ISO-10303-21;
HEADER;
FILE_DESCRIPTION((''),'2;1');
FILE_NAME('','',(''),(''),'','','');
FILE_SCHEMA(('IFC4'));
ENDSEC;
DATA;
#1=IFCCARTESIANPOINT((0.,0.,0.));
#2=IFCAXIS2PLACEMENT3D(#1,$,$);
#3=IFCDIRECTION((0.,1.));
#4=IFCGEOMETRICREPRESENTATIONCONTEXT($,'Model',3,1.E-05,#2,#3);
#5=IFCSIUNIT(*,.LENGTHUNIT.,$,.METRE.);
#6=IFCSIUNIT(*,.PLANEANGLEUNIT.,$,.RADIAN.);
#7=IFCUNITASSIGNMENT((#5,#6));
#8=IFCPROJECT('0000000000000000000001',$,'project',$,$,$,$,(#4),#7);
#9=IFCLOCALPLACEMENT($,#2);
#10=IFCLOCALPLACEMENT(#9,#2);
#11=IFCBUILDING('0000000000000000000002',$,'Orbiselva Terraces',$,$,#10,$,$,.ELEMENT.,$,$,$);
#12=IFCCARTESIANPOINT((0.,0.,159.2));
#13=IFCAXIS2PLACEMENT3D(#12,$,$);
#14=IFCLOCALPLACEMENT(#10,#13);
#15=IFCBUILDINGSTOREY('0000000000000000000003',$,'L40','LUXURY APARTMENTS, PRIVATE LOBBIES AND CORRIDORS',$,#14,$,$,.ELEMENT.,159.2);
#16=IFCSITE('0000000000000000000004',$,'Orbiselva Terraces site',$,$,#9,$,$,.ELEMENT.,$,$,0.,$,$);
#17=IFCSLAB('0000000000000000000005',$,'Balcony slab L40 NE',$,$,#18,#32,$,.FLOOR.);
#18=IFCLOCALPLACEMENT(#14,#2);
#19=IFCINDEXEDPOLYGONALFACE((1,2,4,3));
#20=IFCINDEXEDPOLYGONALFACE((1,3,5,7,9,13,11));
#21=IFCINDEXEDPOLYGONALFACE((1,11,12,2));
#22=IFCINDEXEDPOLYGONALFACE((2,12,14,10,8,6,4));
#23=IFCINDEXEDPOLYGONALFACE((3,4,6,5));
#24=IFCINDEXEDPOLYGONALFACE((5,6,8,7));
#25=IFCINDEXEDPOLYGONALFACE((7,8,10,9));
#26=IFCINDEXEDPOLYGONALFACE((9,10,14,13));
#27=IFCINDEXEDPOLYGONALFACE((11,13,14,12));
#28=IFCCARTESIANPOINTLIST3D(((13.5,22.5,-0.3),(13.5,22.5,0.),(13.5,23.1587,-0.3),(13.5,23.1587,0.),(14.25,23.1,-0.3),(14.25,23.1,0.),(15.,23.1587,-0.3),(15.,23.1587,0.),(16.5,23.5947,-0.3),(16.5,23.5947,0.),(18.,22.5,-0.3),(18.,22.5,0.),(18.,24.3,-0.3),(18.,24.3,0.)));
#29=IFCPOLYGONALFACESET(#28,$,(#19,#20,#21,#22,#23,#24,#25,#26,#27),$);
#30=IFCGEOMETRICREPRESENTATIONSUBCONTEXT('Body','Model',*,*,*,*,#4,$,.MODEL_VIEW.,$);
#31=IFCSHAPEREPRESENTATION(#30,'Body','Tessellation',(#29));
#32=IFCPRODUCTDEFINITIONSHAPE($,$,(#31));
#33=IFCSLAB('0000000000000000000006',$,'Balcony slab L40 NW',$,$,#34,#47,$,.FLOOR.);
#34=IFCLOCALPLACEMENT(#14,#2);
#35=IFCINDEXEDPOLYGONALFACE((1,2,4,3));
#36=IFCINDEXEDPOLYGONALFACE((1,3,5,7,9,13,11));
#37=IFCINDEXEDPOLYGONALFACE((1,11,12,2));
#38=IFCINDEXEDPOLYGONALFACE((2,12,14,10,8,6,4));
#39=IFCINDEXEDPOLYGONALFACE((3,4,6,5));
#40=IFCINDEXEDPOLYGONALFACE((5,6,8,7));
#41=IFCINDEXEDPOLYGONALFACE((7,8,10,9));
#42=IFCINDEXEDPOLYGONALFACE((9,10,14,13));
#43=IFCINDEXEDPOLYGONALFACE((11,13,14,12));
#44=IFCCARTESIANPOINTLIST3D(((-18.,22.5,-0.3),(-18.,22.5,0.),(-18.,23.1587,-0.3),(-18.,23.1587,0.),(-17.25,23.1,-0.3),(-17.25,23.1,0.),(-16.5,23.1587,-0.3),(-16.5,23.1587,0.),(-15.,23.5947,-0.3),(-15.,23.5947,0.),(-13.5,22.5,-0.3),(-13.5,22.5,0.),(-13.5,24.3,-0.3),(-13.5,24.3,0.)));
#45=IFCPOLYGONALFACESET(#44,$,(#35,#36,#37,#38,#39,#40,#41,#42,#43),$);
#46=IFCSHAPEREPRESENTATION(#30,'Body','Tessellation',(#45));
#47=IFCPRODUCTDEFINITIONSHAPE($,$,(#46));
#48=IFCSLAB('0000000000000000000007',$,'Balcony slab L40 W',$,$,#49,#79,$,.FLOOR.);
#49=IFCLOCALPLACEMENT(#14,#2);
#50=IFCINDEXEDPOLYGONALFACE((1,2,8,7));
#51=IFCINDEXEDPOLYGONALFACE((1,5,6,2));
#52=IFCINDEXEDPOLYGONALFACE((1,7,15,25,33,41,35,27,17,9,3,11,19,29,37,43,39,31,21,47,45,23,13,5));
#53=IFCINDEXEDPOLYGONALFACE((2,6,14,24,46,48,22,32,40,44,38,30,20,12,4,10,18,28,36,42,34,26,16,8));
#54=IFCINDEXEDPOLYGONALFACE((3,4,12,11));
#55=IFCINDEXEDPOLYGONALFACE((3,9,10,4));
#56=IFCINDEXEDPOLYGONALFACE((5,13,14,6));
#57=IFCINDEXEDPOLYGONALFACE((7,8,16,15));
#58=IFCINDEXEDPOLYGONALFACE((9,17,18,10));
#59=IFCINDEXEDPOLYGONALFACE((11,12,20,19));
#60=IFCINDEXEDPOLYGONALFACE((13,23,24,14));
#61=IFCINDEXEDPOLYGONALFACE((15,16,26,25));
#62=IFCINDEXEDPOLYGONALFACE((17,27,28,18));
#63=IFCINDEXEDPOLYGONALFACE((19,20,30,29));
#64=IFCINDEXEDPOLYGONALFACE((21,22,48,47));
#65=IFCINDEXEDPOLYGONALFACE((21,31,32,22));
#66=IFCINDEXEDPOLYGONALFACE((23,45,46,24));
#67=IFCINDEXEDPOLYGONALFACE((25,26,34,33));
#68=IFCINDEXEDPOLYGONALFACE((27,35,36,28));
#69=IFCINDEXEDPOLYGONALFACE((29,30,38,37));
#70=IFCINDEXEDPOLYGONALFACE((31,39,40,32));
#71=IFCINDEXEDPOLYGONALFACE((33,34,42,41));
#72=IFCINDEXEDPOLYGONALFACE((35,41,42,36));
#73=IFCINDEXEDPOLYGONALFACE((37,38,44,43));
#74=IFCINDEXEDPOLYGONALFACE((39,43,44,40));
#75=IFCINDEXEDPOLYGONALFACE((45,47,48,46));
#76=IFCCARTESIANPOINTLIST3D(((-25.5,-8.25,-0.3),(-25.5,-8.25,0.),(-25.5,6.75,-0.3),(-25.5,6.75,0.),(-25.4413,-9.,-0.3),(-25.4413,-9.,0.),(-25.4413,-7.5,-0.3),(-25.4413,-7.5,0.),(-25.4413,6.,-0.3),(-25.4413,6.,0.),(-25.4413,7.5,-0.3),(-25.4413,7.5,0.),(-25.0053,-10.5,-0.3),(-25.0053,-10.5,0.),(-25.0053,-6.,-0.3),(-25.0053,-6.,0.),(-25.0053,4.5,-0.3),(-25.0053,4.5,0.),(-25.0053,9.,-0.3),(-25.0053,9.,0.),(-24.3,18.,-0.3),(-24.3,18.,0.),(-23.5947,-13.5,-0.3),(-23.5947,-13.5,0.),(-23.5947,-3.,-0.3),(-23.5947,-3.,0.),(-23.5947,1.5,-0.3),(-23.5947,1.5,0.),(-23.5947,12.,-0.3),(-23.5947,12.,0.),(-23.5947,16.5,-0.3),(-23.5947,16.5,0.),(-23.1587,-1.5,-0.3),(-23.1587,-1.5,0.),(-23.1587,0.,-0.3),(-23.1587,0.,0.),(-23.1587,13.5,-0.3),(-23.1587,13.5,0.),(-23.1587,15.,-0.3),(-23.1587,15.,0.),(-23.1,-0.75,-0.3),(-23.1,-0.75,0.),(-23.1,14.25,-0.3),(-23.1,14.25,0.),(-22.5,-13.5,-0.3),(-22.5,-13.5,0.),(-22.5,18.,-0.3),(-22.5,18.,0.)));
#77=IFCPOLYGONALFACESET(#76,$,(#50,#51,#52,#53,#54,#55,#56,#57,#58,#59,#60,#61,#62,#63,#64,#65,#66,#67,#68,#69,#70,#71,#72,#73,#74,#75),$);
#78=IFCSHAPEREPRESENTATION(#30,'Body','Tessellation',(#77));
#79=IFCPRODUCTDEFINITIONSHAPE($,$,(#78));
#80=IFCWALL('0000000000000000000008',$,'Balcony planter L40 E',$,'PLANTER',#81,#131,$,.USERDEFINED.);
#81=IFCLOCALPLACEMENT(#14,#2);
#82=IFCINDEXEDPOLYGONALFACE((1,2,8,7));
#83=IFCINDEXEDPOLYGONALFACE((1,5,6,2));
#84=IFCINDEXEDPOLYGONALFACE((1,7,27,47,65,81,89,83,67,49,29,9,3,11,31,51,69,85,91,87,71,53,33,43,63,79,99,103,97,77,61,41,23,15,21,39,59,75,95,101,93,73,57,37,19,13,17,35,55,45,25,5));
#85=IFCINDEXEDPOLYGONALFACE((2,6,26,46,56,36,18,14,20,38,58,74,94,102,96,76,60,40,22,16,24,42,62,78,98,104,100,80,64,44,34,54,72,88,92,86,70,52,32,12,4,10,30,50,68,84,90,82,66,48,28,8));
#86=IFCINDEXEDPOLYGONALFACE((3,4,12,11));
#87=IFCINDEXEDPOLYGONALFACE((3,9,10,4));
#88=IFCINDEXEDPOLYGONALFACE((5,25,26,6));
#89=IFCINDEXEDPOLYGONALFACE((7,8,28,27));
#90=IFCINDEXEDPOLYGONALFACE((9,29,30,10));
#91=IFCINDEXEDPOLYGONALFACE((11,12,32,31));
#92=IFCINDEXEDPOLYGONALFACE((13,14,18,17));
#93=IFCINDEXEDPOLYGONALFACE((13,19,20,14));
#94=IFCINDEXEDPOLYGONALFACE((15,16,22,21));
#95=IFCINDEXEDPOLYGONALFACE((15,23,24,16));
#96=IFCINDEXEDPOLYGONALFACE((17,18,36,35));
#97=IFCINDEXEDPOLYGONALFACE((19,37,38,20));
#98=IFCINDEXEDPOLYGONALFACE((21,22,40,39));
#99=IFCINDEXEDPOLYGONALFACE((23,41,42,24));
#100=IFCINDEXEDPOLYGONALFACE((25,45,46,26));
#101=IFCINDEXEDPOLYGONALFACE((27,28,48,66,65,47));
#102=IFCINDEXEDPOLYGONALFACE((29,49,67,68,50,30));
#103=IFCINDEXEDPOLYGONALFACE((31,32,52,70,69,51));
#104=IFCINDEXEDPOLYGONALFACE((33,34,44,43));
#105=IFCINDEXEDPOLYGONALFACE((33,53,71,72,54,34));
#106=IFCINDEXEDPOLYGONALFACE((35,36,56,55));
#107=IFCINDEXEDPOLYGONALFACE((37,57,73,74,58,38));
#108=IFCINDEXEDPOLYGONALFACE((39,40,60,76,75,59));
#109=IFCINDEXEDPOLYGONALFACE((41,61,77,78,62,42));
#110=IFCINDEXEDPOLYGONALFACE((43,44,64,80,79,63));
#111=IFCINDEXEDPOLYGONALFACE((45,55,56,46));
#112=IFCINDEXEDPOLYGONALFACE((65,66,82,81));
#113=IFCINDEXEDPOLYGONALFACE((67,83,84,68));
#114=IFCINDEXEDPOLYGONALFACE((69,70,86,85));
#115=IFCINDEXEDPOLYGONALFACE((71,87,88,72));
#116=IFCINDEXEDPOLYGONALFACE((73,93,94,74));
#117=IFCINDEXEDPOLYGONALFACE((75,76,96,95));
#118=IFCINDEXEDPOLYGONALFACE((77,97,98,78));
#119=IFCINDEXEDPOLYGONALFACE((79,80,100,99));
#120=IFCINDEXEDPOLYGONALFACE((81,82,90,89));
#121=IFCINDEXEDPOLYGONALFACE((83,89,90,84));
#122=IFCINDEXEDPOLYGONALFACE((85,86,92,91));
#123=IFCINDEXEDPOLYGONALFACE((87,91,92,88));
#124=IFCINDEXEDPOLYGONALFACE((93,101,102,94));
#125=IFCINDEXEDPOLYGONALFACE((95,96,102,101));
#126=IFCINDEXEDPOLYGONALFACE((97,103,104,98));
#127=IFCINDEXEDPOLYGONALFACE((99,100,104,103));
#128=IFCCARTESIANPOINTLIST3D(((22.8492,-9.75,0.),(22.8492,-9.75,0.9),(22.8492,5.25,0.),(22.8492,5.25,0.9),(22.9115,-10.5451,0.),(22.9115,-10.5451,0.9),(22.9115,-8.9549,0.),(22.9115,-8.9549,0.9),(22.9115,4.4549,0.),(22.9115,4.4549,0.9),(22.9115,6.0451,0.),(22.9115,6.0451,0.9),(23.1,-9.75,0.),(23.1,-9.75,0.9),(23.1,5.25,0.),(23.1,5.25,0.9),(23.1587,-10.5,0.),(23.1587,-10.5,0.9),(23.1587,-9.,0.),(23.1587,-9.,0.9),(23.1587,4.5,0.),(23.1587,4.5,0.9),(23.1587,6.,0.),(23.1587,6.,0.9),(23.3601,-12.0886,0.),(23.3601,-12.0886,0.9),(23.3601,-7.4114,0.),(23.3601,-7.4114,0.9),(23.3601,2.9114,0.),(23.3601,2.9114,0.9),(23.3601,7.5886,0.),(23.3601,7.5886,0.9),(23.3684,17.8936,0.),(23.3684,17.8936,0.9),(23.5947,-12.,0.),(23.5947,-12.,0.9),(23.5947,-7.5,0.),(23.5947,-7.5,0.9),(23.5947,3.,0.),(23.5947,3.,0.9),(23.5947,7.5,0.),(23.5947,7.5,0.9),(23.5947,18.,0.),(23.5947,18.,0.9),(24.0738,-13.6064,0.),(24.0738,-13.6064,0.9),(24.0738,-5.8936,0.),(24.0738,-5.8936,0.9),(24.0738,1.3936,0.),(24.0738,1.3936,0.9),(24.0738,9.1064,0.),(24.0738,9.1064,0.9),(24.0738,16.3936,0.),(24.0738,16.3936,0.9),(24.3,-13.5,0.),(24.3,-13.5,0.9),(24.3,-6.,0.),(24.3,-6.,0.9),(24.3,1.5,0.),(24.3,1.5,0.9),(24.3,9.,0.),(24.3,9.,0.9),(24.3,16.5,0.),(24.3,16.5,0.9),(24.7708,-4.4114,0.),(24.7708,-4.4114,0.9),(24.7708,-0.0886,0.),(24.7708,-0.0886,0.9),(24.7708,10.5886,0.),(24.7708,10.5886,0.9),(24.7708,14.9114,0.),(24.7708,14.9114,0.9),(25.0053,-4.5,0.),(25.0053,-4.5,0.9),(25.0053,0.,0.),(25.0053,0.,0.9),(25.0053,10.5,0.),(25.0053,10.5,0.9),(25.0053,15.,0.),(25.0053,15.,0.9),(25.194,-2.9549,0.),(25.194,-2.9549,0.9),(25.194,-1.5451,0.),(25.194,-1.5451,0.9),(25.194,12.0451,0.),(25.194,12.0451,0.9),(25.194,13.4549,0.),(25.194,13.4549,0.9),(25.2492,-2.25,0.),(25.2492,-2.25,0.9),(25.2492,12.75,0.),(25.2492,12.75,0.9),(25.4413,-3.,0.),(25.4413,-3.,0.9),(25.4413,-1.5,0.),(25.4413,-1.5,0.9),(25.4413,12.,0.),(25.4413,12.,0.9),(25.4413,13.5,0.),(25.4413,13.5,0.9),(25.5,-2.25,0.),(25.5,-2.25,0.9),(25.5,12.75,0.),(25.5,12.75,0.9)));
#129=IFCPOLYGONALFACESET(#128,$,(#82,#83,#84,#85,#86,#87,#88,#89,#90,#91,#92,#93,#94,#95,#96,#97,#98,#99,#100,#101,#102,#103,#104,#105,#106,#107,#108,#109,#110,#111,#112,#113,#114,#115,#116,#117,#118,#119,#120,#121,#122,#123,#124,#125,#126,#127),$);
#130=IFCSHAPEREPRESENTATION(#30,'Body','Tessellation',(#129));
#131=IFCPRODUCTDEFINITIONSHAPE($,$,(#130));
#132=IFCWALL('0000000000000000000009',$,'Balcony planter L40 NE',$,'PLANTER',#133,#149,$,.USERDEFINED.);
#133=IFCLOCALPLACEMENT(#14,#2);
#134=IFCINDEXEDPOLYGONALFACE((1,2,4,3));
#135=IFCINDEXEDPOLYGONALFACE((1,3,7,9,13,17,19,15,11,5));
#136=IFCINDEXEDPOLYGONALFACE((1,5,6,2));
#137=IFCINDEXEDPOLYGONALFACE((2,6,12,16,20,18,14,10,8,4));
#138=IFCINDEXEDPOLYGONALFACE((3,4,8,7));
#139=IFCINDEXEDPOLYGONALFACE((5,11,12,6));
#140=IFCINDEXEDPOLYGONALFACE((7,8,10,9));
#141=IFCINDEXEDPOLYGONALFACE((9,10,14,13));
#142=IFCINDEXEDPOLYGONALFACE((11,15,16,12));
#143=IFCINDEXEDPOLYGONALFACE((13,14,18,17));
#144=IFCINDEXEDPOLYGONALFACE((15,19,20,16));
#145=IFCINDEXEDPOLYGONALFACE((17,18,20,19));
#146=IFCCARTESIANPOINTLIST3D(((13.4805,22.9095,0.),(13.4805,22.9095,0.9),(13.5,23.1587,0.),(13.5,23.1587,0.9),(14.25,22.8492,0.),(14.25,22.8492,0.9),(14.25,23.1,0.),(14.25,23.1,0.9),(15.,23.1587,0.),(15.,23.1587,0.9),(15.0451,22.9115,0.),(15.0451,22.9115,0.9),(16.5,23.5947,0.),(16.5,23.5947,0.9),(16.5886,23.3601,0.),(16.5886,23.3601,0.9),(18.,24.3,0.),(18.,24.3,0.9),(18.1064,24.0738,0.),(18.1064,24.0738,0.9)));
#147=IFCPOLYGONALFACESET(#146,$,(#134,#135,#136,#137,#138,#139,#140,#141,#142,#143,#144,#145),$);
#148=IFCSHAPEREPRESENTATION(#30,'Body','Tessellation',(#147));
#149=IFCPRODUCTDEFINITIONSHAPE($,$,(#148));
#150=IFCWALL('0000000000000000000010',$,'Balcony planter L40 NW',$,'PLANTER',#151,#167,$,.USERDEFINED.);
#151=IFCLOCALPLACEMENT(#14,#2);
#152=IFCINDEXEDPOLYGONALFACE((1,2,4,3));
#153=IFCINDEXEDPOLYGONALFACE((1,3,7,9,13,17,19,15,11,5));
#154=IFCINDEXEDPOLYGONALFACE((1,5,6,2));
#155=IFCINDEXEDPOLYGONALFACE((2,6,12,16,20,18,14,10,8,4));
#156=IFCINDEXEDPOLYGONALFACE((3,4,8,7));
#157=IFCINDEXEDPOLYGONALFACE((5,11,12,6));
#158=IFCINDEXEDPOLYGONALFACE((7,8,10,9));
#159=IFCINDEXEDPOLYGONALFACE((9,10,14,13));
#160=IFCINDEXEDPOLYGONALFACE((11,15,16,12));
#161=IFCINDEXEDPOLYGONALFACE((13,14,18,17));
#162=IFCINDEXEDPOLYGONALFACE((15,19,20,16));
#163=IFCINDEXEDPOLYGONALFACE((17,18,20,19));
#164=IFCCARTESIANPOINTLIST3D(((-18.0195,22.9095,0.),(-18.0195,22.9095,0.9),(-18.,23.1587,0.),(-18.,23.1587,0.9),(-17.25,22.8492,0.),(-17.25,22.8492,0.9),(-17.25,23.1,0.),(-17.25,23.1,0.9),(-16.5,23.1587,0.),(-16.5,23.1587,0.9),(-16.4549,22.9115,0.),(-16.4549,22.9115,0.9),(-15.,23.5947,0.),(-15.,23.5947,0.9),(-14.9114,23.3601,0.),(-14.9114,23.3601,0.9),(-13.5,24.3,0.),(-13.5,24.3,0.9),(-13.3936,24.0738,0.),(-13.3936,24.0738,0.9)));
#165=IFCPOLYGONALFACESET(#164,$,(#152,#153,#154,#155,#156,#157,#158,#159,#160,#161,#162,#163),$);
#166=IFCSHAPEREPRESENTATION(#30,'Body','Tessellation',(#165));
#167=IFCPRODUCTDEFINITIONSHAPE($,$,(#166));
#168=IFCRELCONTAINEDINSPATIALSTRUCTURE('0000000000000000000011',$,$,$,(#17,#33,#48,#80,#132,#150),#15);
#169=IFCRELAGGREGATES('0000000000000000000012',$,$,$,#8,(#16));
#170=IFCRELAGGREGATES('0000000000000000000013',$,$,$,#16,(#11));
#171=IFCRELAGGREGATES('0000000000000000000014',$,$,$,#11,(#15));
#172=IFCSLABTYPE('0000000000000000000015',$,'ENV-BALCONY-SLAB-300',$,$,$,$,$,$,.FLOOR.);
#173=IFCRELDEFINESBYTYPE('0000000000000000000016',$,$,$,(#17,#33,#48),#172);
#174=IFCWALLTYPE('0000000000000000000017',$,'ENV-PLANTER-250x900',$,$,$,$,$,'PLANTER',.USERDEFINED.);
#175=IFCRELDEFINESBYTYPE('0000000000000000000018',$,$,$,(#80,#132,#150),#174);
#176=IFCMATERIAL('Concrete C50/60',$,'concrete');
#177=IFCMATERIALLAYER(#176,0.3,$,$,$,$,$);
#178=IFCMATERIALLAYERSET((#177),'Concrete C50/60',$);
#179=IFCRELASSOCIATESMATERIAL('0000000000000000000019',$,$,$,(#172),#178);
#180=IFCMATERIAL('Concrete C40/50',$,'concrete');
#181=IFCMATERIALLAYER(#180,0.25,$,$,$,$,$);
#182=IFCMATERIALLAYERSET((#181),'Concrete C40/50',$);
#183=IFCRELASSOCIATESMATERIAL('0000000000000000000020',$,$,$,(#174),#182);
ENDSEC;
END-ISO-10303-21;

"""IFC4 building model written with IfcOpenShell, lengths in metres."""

from ifc_helpers import new_model, si_unit, direction, frame, origin, place, context, subcontext, project, spatial, polyline, outline, extrude, material, layer, layer_set, type_object, element, save


model = new_model("IFC4")

# Units and contexts
model_context = context("Model", 3, precision=1e-05, world=origin(), true_north=direction((0.0, 1.0)))
body_context = subcontext(model_context, "Body", "Model", "MODEL_VIEW")
ifc_project = project(units=[si_unit("LENGTHUNIT", "METRE"), si_unit("PLANEANGLEUNIT", "RADIAN")], contexts=[model_context])

# Site, building, storey
site_placement = place(None, origin())
site = spatial("IfcSite", under=ifc_project, at=site_placement, Name="Orbiselva Terraces site", CompositionType="ELEMENT", RefElevation=0.0)
building_placement = place(site_placement, origin())
building = spatial("IfcBuilding", under=site, at=building_placement, Name="Orbiselva Terraces", CompositionType="ELEMENT")
storey_placement = place(building_placement, frame((0.0, 0.0, 159.2)))
storey = spatial("IfcBuildingStorey", under=building, at=storey_placement, Name="L40", Description="LUXURY APARTMENTS, PRIVATE LOBBIES AND CORRIDORS", CompositionType="ELEMENT", Elevation=159.2)

# Shared definitions
ifc_material_1 = material(Name="Concrete C40/50", Category="concrete")

# Slabs
ifc_material_2 = material(Name="Concrete C50/60", Category="concrete")
ifc_layer_1 = layer(ifc_material_2, 0.3)
ifc_layer_set_1 = layer_set([ifc_layer_1], Name="Concrete C50/60")
slab_type_1 = type_object("IfcSlabType", Name="ENV-BALCONY-SLAB-300", PredefinedType="FLOOR", material=ifc_layer_set_1)
slab_1_placement = place(storey_placement, frame((0.0, 0.0, -0.3)))
element("IfcSlab", 1, at=slab_1_placement, inside=storey, type_object=slab_type_1, Name="Balcony slab L40 NE", PredefinedType="FLOOR", context=body_context, shape_type="SweptSolid", body=[
    extrude(outline(polyline([(18.0, 24.3), (16.5, 23.5947), (15.0, 23.1587), (14.25, 23.1), (13.5, 23.1587), (13.5, 22.5), (18.0, 22.5), (18.0, 24.3)])), origin(), (0.0, 0.0, 1.0), 0.3),
])
slab_2_placement = place(storey_placement, frame((0.0, 0.0, -0.3)))
element("IfcSlab", 2, at=slab_2_placement, inside=storey, type_object=slab_type_1, Name="Balcony slab L40 NW", PredefinedType="FLOOR", context=body_context, shape_type="SweptSolid", body=[
    extrude(outline(polyline([(-13.5, 24.3), (-15.0, 23.5947), (-16.5, 23.1587), (-17.25, 23.1), (-18.0, 23.1587), (-18.0, 22.5), (-13.5, 22.5), (-13.5, 24.3)])), origin(), (0.0, 0.0, 1.0), 0.3),
])
slab_3_placement = place(storey_placement, frame((0.0, 0.0, -0.3)))
element("IfcSlab", 3, at=slab_3_placement, inside=storey, type_object=slab_type_1, Name="Balcony slab L40 W", PredefinedType="FLOOR", context=body_context, shape_type="SweptSolid", body=[
    extrude(outline(polyline([(-24.3, 18.0), (-23.5947, 16.5), (-23.1587, 15.0), (-23.1, 14.25), (-23.1587, 13.5), (-23.5947, 12.0), (-25.0053, 9.0), (-25.4413, 7.5), (-25.5, 6.75), (-25.4413, 6.0), (-25.0053, 4.5), (-23.5947, 1.5), (-23.1587, 0.0), (-23.1, -0.75), (-23.1587, -1.5), (-23.5947, -3.0), (-25.0053, -6.0), (-25.4413, -7.5), (-25.5, -8.25), (-25.4413, -9.0), (-25.0053, -10.5), (-23.5947, -13.5), (-22.5, -13.5), (-22.5, 18.0), (-24.3, 18.0)])), origin(), (0.0, 0.0, 1.0), 0.3),
])

# Walls
ifc_layer_2 = layer(ifc_material_1, 0.25)
ifc_layer_set_2 = layer_set([ifc_layer_2], Name="Concrete C40/50")
wall_type = type_object("IfcWallType", Name="ENV-PLANTER-250x900", ElementType="PLANTER", PredefinedType="USERDEFINED", material=ifc_layer_set_2)
wall_1_placement = place(storey_placement, origin())
element("IfcWall", 4, at=wall_1_placement, inside=storey, type_object=wall_type, Name="Balcony planter L40 E", ObjectType="PLANTER", PredefinedType="USERDEFINED", context=body_context, shape_type="SweptSolid", body=[
    extrude(outline(polyline([(24.3, -13.5), (23.5947, -12.0), (23.1587, -10.5), (23.1, -9.75), (23.1587, -9.0), (23.5947, -7.5), (24.3, -6.0), (25.0053, -4.5), (25.4413, -3.0), (25.5, -2.25), (25.4413, -1.5), (25.0053, 0.0), (24.3, 1.5), (23.5947, 3.0), (23.1587, 4.5), (23.1, 5.25), (23.1587, 6.0), (23.5947, 7.5), (24.3, 9.0), (25.0053, 10.5), (25.4413, 12.0), (25.5, 12.75), (25.4413, 13.5), (25.0053, 15.0), (24.3, 16.5), (23.5947, 18.0), (23.3684, 17.8936), (24.0738, 16.3936), (24.7708, 14.9114), (25.194, 13.4549), (25.2492, 12.75), (25.194, 12.0451), (24.7708, 10.5886), (24.0738, 9.1064), (23.3601, 7.5886), (22.9115, 6.0451), (22.8492, 5.25), (22.9115, 4.4549), (23.3601, 2.9114), (24.0738, 1.3936), (24.7708, -0.0886), (25.194, -1.5451), (25.2492, -2.25), (25.194, -2.9549), (24.7708, -4.4114), (24.0738, -5.8936), (23.3601, -7.4114), (22.9115, -8.9549), (22.8492, -9.75), (22.9115, -10.5451), (23.3601, -12.0886), (24.0738, -13.6064), (24.3, -13.5)])), origin(), (0.0, 0.0, 1.0), 0.9),
])
wall_2_placement = place(storey_placement, origin())
element("IfcWall", 5, at=wall_2_placement, inside=storey, type_object=wall_type, Name="Balcony planter L40 NE", ObjectType="PLANTER", PredefinedType="USERDEFINED", context=body_context, shape_type="SweptSolid", body=[
    extrude(outline(polyline([(18.0, 24.3), (16.5, 23.5947), (15.0, 23.1587), (14.25, 23.1), (13.5, 23.1587), (13.4805, 22.9095), (14.25, 22.8492), (15.0451, 22.9115), (16.5886, 23.3601), (18.1064, 24.0738), (18.0, 24.3)])), origin(), (0.0, 0.0, 1.0), 0.9),
])
wall_3_placement = place(storey_placement, origin())
element("IfcWall", 6, at=wall_3_placement, inside=storey, type_object=wall_type, Name="Balcony planter L40 NW", ObjectType="PLANTER", PredefinedType="USERDEFINED", context=body_context, shape_type="SweptSolid", body=[
    extrude(outline(polyline([(-13.5, 24.3), (-15.0, 23.5947), (-16.5, 23.1587), (-17.25, 23.1), (-18.0, 23.1587), (-18.0195, 22.9095), (-17.25, 22.8492), (-16.4549, 22.9115), (-14.9114, 23.3601), (-13.3936, 24.0738), (-13.5, 24.3)])), origin(), (0.0, 0.0, 1.0), 0.9),
])

save(model, "model.ifc")
